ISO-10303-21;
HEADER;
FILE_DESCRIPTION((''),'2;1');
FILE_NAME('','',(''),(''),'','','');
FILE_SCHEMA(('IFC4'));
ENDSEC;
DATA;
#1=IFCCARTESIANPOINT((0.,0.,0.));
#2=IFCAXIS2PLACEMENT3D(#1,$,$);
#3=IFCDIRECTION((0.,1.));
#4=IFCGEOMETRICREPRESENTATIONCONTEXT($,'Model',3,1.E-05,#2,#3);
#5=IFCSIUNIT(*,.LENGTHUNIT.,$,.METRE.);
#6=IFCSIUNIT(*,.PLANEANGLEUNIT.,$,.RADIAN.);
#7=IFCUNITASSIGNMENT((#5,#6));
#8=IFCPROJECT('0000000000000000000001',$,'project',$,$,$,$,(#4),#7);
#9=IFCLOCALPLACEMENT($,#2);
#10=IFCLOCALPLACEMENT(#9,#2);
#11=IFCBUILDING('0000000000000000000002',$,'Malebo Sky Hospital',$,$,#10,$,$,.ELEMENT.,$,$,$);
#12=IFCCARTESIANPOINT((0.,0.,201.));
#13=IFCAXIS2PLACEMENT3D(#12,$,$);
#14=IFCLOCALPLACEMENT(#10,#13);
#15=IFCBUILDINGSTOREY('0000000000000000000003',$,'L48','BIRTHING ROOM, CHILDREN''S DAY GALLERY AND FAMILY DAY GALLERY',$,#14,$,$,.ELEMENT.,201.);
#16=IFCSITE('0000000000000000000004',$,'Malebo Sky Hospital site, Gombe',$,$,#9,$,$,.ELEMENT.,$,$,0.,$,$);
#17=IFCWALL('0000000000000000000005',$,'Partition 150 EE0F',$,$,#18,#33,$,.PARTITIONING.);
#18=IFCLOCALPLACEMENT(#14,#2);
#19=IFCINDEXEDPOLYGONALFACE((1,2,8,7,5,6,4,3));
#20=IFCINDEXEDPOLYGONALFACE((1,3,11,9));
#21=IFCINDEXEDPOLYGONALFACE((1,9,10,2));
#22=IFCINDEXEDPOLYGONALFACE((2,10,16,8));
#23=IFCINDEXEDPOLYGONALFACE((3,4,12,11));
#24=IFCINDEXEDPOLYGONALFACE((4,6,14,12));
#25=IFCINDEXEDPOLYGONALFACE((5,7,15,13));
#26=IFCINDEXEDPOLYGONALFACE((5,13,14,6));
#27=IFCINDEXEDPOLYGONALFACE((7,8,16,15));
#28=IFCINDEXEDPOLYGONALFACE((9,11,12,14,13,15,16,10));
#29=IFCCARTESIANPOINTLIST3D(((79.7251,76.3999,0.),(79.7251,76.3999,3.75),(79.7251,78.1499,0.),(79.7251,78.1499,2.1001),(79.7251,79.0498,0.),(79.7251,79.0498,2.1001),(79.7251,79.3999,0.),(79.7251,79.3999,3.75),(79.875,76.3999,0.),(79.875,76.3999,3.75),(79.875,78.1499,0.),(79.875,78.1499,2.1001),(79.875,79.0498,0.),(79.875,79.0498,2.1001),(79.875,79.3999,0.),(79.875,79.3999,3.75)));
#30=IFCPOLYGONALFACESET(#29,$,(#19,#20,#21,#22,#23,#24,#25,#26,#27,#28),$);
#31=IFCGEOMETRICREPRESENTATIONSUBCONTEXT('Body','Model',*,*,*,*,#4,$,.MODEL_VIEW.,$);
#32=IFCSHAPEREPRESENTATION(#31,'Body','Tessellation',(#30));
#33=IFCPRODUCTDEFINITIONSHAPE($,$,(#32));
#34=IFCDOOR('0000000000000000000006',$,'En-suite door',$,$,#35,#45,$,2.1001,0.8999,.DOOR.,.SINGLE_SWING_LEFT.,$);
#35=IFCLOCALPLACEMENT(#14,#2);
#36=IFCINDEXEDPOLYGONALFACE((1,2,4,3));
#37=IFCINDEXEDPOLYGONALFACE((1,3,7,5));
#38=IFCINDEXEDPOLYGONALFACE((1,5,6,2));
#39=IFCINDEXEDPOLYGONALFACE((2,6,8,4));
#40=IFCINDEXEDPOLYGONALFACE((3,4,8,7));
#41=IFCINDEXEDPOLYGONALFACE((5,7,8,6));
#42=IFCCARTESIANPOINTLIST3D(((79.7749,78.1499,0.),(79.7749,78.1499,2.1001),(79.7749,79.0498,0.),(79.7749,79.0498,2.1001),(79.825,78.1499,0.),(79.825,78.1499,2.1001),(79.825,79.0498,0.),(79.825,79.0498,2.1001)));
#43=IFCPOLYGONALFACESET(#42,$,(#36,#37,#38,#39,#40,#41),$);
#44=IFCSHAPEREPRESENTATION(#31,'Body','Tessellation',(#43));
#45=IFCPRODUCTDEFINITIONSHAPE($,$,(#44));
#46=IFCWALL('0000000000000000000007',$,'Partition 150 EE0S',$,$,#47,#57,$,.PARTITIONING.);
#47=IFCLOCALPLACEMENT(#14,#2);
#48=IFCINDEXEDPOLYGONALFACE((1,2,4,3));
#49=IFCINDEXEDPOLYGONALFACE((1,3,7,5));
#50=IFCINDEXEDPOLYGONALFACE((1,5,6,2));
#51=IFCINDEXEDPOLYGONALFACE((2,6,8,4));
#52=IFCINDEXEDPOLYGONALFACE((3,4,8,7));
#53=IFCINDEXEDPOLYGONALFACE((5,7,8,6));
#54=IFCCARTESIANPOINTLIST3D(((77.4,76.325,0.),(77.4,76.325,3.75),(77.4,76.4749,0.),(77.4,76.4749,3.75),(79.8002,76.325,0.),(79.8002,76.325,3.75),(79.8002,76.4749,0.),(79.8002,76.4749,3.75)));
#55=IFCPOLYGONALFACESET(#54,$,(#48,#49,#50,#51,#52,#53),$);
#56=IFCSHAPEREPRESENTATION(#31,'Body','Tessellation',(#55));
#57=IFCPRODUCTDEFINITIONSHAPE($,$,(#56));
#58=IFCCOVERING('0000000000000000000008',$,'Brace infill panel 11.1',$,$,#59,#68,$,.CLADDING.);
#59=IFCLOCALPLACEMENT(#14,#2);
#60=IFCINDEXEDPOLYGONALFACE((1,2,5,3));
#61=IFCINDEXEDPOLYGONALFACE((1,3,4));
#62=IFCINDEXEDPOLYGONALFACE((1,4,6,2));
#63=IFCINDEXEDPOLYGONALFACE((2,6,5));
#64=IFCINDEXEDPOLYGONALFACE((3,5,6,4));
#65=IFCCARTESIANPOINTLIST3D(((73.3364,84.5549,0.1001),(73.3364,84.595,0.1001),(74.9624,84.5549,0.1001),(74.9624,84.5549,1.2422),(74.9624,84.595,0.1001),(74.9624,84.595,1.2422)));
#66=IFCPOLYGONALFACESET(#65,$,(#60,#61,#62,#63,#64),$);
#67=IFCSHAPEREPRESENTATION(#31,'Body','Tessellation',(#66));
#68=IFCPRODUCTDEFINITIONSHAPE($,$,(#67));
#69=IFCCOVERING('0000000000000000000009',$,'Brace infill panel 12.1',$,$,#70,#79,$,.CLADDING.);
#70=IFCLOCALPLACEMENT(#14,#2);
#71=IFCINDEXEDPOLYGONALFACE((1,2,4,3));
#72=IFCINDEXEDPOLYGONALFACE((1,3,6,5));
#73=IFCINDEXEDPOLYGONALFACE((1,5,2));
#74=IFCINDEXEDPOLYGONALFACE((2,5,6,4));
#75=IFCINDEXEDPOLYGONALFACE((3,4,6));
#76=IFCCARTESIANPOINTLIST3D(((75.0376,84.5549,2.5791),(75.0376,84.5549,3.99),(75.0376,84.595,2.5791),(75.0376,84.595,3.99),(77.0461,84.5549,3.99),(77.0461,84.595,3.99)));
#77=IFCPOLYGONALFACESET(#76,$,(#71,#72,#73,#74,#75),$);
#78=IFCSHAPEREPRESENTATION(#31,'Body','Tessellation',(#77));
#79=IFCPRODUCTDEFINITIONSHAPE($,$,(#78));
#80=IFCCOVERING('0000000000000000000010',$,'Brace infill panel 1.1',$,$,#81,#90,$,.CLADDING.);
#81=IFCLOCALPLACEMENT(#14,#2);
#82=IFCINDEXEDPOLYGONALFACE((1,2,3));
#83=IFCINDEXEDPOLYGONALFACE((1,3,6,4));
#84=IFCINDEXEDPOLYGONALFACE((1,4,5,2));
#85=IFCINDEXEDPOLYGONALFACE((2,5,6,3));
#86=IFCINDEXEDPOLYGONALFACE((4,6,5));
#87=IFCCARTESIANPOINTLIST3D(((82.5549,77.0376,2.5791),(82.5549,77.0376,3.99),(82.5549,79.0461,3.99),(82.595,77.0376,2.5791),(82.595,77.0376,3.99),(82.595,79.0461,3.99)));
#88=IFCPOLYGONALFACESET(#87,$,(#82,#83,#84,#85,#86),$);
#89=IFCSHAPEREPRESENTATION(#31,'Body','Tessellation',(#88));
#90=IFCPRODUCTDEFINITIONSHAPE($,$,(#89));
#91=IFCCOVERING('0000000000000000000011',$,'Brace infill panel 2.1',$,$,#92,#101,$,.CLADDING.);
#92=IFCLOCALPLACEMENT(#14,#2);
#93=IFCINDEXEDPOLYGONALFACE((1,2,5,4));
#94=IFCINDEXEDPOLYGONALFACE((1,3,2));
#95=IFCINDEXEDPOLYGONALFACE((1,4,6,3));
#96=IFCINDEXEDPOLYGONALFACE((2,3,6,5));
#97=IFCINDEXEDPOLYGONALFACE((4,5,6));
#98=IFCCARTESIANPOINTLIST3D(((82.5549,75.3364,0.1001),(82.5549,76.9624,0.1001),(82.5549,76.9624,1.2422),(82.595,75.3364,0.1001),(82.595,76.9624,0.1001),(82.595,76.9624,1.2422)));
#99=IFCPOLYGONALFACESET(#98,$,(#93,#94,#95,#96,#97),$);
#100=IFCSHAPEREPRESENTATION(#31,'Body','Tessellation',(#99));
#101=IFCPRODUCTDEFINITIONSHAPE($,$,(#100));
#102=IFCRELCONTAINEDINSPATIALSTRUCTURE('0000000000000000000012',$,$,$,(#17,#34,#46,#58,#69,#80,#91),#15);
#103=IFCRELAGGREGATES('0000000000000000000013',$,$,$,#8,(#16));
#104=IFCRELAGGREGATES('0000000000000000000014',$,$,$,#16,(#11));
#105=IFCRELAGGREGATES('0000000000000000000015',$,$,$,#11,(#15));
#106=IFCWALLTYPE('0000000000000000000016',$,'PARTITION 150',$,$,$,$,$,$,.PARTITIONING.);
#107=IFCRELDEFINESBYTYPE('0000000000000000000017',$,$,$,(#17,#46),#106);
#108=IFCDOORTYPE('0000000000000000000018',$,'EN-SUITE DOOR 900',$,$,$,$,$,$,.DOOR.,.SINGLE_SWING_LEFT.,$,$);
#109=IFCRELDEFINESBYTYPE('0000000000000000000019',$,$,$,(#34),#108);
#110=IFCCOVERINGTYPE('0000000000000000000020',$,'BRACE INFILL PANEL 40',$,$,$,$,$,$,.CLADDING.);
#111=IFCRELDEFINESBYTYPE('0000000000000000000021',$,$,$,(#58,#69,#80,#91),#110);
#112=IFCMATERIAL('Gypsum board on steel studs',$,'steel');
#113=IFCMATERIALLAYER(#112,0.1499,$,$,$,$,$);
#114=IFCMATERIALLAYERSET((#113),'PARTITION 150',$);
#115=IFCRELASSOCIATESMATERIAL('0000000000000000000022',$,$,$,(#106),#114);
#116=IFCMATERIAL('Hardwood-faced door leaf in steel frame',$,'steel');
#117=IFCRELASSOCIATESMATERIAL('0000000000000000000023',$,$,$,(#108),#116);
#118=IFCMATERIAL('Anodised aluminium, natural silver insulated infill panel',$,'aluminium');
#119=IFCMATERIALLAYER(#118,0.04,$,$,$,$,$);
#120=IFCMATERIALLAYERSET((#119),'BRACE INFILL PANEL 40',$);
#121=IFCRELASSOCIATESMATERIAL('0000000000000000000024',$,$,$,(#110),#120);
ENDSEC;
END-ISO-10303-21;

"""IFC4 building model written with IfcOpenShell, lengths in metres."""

from ifc_helpers import new_model, si_unit, direction, frame, frame_2d, origin, place, context, subcontext, project, spatial, polyline, rectangle, outline, extrude, material, layer, layer_set, type_object, element, fill, save


model = new_model("IFC4")

# Units and contexts
model_context = context("Model", 3, precision=1e-05, world=origin(), true_north=direction((0.0, 1.0)))
body_context = subcontext(model_context, "Body", "Model", "MODEL_VIEW")
ifc_project = project(units=[si_unit("LENGTHUNIT", "METRE"), si_unit("PLANEANGLEUNIT", "RADIAN")], contexts=[model_context])

# Site, building, storey
site_placement = place(None, origin())
site = spatial("IfcSite", under=ifc_project, at=site_placement, Name="Malebo Sky Hospital site, Gombe", CompositionType="ELEMENT", RefElevation=0.0)
building_placement = place(site_placement, origin())
building = spatial("IfcBuilding", under=site, at=building_placement, Name="Malebo Sky Hospital", CompositionType="ELEMENT")
storey_placement = place(building_placement, frame((0.0, 0.0, 201.0)))
storey = spatial("IfcBuildingStorey", under=building, at=storey_placement, Name="L48", Description="BIRTHING ROOM, CHILDREN'S DAY GALLERY AND FAMILY DAY GALLERY", CompositionType="ELEMENT", Elevation=201.0)

# Shared definitions
ifc_material_1 = material(Name="Gypsum board on steel studs", Category="steel")
ifc_material_2 = material(Name="Hardwood-faced door leaf in steel frame", Category="steel")

# Shared definitions
ifc_layer_1 = layer(ifc_material_1, 0.1499)
ifc_layer_set_1 = layer_set([ifc_layer_1], Name="PARTITION 150")
wall_type_1 = type_object("IfcWallType", Name="PARTITION 150", PredefinedType="PARTITIONING", material=ifc_layer_set_1)

# Wall, opening, door
wall_1_placement = place(storey_placement, frame((79.8, 79.3999, 0.0), z_axis=(0.0, 0.0, 1.0), x_axis=(0.0, -1.0, 0.0)))
wall_1 = element("IfcWall", 1, at=wall_1_placement, inside=storey, type_object=wall_type_1, Name="Partition 150 EE0F", PredefinedType="PARTITIONING", context=body_context, shape_type="SweptSolid", body=[
    extrude(rectangle(XDim=3.0, YDim=0.1499, at=frame_2d((1.5, 0.0))), origin(), (0.0, 0.0, 1.0), 3.75),
])
opening_1_placement = place(wall_1_placement, frame((0.3501, 0.0, 0.0)))
opening_1 = element("IfcOpeningElement", 2, at=opening_1_placement, cuts=wall_1, PredefinedType="OPENING", context=body_context, shape_type="SweptSolid", body=[
    extrude(rectangle(XDim=0.8999, YDim=2.1001, at=frame_2d((0.45, 1.05))), frame((0.0, 0.085, 0.0), z_axis=(0.0, -1.0, 0.0), x_axis=(1.0, 0.0, 0.0)), (0.0, 0.0, 1.0), 0.1699),
])
door_type_1 = type_object("IfcDoorType", Name="EN-SUITE DOOR 900", OperationType="SINGLE_SWING_LEFT", PredefinedType="DOOR", material=ifc_material_2)
door_1_placement = place(opening_1_placement, origin())
door_1 = element("IfcDoor", 3, at=door_1_placement, inside=storey, type_object=door_type_1, Name="En-suite door", OperationType="SINGLE_SWING_LEFT", OverallHeight=2.1001, OverallWidth=0.8999, PredefinedType="DOOR", context=body_context, shape_type="SweptSolid", body=[
    extrude(rectangle(XDim=0.8999, YDim=2.1001, at=frame_2d((0.45, 1.05))), frame((0.0, 0.0249, 0.0), z_axis=(0.0, -1.0, 0.0), x_axis=(1.0, 0.0, 0.0)), (0.0, 0.0, 1.0), 0.05),
])
fill(opening_1, door_1)

# Wall
wall_2_placement = place(storey_placement, frame((77.3999, 76.3999, 0.0), z_axis=(0.0, 0.0, 1.0), x_axis=(1.0, 0.0, 0.0)))
element("IfcWall", 4, at=wall_2_placement, inside=storey, type_object=wall_type_1, Name="Partition 150 EE0S", PredefinedType="PARTITIONING", context=body_context, shape_type="SweptSolid", body=[
    extrude(rectangle(XDim=2.4001, YDim=0.1499, at=frame_2d((1.2002, 0.0))), origin(), (0.0, 0.0, 1.0), 3.75),
])

# Coverings
ifc_material_3 = material(Name="Anodised aluminium, natural silver insulated infill panel", Category="aluminium")
ifc_layer_2 = layer(ifc_material_3, 0.04)
ifc_layer_set_2 = layer_set([ifc_layer_2], Name="BRACE INFILL PANEL 40")
covering_type = type_object("IfcCoveringType", Name="BRACE INFILL PANEL 40", PredefinedType="CLADDING", material=ifc_layer_set_2)
covering_1_placement = place(storey_placement, frame((74.1494, 84.575, 0.1001), z_axis=(0.0, 0.0, 1.0), x_axis=(1.0, 0.0, 0.0)))
element("IfcCovering", 5, at=covering_1_placement, inside=storey, type_object=covering_type, Name="Brace infill panel 11.1", PredefinedType="CLADDING", context=body_context, shape_type="SweptSolid", body=[
    extrude(outline(polyline([(-0.813, 0.0), (0.813, 0.0), (0.813, 1.1421), (-0.813, 0.0)])), frame((0.0, 0.02, 0.0), z_axis=(0.0, -1.0, 0.0), x_axis=(1.0, 0.0, 0.0)), (0.0, 0.0, 1.0), 0.04),
])
covering_2_placement = place(storey_placement, frame((76.0417, 84.575, 2.5791), z_axis=(0.0, 0.0, 1.0), x_axis=(1.0, 0.0, 0.0)))
element("IfcCovering", 6, at=covering_2_placement, inside=storey, type_object=covering_type, Name="Brace infill panel 12.1", PredefinedType="CLADDING", context=body_context, shape_type="SweptSolid", body=[
    extrude(outline(polyline([(-1.0042, 0.0), (1.0044, 1.4109), (-1.0042, 1.4109), (-1.0042, 0.0)])), frame((0.0, 0.02, 0.0), z_axis=(0.0, -1.0, 0.0), x_axis=(1.0, 0.0, 0.0)), (0.0, 0.0, 1.0), 0.04),
])
covering_3_placement = place(storey_placement, frame((82.575, 78.0417, 2.5791), z_axis=(0.0, 0.0, 1.0), x_axis=(0.0, -1.0, 0.0)))
element("IfcCovering", 7, at=covering_3_placement, inside=storey, type_object=covering_type, Name="Brace infill panel 1.1", PredefinedType="CLADDING", context=body_context, shape_type="SweptSolid", body=[
    extrude(outline(polyline([(1.0042, 0.0), (1.0042, 1.4109), (-1.0044, 1.4109), (1.0042, 0.0)])), frame((0.0, 0.02, 0.0), z_axis=(0.0, -1.0, 0.0), x_axis=(1.0, 0.0, 0.0)), (0.0, 0.0, 1.0), 0.04),
])
covering_4_placement = place(storey_placement, frame((82.575, 76.1494, 0.1001), z_axis=(0.0, 0.0, 1.0), x_axis=(0.0, -1.0, 0.0)))
element("IfcCovering", 8, at=covering_4_placement, inside=storey, type_object=covering_type, Name="Brace infill panel 2.1", PredefinedType="CLADDING", context=body_context, shape_type="SweptSolid", body=[
    extrude(outline(polyline([(-0.813, 0.0), (0.813, 0.0), (-0.813, 1.1421), (-0.813, 0.0)])), frame((0.0, 0.02, 0.0), z_axis=(0.0, -1.0, 0.0), x_axis=(1.0, 0.0, 0.0)), (0.0, 0.0, 1.0), 0.04),
])

save(model, "model.ifc")
